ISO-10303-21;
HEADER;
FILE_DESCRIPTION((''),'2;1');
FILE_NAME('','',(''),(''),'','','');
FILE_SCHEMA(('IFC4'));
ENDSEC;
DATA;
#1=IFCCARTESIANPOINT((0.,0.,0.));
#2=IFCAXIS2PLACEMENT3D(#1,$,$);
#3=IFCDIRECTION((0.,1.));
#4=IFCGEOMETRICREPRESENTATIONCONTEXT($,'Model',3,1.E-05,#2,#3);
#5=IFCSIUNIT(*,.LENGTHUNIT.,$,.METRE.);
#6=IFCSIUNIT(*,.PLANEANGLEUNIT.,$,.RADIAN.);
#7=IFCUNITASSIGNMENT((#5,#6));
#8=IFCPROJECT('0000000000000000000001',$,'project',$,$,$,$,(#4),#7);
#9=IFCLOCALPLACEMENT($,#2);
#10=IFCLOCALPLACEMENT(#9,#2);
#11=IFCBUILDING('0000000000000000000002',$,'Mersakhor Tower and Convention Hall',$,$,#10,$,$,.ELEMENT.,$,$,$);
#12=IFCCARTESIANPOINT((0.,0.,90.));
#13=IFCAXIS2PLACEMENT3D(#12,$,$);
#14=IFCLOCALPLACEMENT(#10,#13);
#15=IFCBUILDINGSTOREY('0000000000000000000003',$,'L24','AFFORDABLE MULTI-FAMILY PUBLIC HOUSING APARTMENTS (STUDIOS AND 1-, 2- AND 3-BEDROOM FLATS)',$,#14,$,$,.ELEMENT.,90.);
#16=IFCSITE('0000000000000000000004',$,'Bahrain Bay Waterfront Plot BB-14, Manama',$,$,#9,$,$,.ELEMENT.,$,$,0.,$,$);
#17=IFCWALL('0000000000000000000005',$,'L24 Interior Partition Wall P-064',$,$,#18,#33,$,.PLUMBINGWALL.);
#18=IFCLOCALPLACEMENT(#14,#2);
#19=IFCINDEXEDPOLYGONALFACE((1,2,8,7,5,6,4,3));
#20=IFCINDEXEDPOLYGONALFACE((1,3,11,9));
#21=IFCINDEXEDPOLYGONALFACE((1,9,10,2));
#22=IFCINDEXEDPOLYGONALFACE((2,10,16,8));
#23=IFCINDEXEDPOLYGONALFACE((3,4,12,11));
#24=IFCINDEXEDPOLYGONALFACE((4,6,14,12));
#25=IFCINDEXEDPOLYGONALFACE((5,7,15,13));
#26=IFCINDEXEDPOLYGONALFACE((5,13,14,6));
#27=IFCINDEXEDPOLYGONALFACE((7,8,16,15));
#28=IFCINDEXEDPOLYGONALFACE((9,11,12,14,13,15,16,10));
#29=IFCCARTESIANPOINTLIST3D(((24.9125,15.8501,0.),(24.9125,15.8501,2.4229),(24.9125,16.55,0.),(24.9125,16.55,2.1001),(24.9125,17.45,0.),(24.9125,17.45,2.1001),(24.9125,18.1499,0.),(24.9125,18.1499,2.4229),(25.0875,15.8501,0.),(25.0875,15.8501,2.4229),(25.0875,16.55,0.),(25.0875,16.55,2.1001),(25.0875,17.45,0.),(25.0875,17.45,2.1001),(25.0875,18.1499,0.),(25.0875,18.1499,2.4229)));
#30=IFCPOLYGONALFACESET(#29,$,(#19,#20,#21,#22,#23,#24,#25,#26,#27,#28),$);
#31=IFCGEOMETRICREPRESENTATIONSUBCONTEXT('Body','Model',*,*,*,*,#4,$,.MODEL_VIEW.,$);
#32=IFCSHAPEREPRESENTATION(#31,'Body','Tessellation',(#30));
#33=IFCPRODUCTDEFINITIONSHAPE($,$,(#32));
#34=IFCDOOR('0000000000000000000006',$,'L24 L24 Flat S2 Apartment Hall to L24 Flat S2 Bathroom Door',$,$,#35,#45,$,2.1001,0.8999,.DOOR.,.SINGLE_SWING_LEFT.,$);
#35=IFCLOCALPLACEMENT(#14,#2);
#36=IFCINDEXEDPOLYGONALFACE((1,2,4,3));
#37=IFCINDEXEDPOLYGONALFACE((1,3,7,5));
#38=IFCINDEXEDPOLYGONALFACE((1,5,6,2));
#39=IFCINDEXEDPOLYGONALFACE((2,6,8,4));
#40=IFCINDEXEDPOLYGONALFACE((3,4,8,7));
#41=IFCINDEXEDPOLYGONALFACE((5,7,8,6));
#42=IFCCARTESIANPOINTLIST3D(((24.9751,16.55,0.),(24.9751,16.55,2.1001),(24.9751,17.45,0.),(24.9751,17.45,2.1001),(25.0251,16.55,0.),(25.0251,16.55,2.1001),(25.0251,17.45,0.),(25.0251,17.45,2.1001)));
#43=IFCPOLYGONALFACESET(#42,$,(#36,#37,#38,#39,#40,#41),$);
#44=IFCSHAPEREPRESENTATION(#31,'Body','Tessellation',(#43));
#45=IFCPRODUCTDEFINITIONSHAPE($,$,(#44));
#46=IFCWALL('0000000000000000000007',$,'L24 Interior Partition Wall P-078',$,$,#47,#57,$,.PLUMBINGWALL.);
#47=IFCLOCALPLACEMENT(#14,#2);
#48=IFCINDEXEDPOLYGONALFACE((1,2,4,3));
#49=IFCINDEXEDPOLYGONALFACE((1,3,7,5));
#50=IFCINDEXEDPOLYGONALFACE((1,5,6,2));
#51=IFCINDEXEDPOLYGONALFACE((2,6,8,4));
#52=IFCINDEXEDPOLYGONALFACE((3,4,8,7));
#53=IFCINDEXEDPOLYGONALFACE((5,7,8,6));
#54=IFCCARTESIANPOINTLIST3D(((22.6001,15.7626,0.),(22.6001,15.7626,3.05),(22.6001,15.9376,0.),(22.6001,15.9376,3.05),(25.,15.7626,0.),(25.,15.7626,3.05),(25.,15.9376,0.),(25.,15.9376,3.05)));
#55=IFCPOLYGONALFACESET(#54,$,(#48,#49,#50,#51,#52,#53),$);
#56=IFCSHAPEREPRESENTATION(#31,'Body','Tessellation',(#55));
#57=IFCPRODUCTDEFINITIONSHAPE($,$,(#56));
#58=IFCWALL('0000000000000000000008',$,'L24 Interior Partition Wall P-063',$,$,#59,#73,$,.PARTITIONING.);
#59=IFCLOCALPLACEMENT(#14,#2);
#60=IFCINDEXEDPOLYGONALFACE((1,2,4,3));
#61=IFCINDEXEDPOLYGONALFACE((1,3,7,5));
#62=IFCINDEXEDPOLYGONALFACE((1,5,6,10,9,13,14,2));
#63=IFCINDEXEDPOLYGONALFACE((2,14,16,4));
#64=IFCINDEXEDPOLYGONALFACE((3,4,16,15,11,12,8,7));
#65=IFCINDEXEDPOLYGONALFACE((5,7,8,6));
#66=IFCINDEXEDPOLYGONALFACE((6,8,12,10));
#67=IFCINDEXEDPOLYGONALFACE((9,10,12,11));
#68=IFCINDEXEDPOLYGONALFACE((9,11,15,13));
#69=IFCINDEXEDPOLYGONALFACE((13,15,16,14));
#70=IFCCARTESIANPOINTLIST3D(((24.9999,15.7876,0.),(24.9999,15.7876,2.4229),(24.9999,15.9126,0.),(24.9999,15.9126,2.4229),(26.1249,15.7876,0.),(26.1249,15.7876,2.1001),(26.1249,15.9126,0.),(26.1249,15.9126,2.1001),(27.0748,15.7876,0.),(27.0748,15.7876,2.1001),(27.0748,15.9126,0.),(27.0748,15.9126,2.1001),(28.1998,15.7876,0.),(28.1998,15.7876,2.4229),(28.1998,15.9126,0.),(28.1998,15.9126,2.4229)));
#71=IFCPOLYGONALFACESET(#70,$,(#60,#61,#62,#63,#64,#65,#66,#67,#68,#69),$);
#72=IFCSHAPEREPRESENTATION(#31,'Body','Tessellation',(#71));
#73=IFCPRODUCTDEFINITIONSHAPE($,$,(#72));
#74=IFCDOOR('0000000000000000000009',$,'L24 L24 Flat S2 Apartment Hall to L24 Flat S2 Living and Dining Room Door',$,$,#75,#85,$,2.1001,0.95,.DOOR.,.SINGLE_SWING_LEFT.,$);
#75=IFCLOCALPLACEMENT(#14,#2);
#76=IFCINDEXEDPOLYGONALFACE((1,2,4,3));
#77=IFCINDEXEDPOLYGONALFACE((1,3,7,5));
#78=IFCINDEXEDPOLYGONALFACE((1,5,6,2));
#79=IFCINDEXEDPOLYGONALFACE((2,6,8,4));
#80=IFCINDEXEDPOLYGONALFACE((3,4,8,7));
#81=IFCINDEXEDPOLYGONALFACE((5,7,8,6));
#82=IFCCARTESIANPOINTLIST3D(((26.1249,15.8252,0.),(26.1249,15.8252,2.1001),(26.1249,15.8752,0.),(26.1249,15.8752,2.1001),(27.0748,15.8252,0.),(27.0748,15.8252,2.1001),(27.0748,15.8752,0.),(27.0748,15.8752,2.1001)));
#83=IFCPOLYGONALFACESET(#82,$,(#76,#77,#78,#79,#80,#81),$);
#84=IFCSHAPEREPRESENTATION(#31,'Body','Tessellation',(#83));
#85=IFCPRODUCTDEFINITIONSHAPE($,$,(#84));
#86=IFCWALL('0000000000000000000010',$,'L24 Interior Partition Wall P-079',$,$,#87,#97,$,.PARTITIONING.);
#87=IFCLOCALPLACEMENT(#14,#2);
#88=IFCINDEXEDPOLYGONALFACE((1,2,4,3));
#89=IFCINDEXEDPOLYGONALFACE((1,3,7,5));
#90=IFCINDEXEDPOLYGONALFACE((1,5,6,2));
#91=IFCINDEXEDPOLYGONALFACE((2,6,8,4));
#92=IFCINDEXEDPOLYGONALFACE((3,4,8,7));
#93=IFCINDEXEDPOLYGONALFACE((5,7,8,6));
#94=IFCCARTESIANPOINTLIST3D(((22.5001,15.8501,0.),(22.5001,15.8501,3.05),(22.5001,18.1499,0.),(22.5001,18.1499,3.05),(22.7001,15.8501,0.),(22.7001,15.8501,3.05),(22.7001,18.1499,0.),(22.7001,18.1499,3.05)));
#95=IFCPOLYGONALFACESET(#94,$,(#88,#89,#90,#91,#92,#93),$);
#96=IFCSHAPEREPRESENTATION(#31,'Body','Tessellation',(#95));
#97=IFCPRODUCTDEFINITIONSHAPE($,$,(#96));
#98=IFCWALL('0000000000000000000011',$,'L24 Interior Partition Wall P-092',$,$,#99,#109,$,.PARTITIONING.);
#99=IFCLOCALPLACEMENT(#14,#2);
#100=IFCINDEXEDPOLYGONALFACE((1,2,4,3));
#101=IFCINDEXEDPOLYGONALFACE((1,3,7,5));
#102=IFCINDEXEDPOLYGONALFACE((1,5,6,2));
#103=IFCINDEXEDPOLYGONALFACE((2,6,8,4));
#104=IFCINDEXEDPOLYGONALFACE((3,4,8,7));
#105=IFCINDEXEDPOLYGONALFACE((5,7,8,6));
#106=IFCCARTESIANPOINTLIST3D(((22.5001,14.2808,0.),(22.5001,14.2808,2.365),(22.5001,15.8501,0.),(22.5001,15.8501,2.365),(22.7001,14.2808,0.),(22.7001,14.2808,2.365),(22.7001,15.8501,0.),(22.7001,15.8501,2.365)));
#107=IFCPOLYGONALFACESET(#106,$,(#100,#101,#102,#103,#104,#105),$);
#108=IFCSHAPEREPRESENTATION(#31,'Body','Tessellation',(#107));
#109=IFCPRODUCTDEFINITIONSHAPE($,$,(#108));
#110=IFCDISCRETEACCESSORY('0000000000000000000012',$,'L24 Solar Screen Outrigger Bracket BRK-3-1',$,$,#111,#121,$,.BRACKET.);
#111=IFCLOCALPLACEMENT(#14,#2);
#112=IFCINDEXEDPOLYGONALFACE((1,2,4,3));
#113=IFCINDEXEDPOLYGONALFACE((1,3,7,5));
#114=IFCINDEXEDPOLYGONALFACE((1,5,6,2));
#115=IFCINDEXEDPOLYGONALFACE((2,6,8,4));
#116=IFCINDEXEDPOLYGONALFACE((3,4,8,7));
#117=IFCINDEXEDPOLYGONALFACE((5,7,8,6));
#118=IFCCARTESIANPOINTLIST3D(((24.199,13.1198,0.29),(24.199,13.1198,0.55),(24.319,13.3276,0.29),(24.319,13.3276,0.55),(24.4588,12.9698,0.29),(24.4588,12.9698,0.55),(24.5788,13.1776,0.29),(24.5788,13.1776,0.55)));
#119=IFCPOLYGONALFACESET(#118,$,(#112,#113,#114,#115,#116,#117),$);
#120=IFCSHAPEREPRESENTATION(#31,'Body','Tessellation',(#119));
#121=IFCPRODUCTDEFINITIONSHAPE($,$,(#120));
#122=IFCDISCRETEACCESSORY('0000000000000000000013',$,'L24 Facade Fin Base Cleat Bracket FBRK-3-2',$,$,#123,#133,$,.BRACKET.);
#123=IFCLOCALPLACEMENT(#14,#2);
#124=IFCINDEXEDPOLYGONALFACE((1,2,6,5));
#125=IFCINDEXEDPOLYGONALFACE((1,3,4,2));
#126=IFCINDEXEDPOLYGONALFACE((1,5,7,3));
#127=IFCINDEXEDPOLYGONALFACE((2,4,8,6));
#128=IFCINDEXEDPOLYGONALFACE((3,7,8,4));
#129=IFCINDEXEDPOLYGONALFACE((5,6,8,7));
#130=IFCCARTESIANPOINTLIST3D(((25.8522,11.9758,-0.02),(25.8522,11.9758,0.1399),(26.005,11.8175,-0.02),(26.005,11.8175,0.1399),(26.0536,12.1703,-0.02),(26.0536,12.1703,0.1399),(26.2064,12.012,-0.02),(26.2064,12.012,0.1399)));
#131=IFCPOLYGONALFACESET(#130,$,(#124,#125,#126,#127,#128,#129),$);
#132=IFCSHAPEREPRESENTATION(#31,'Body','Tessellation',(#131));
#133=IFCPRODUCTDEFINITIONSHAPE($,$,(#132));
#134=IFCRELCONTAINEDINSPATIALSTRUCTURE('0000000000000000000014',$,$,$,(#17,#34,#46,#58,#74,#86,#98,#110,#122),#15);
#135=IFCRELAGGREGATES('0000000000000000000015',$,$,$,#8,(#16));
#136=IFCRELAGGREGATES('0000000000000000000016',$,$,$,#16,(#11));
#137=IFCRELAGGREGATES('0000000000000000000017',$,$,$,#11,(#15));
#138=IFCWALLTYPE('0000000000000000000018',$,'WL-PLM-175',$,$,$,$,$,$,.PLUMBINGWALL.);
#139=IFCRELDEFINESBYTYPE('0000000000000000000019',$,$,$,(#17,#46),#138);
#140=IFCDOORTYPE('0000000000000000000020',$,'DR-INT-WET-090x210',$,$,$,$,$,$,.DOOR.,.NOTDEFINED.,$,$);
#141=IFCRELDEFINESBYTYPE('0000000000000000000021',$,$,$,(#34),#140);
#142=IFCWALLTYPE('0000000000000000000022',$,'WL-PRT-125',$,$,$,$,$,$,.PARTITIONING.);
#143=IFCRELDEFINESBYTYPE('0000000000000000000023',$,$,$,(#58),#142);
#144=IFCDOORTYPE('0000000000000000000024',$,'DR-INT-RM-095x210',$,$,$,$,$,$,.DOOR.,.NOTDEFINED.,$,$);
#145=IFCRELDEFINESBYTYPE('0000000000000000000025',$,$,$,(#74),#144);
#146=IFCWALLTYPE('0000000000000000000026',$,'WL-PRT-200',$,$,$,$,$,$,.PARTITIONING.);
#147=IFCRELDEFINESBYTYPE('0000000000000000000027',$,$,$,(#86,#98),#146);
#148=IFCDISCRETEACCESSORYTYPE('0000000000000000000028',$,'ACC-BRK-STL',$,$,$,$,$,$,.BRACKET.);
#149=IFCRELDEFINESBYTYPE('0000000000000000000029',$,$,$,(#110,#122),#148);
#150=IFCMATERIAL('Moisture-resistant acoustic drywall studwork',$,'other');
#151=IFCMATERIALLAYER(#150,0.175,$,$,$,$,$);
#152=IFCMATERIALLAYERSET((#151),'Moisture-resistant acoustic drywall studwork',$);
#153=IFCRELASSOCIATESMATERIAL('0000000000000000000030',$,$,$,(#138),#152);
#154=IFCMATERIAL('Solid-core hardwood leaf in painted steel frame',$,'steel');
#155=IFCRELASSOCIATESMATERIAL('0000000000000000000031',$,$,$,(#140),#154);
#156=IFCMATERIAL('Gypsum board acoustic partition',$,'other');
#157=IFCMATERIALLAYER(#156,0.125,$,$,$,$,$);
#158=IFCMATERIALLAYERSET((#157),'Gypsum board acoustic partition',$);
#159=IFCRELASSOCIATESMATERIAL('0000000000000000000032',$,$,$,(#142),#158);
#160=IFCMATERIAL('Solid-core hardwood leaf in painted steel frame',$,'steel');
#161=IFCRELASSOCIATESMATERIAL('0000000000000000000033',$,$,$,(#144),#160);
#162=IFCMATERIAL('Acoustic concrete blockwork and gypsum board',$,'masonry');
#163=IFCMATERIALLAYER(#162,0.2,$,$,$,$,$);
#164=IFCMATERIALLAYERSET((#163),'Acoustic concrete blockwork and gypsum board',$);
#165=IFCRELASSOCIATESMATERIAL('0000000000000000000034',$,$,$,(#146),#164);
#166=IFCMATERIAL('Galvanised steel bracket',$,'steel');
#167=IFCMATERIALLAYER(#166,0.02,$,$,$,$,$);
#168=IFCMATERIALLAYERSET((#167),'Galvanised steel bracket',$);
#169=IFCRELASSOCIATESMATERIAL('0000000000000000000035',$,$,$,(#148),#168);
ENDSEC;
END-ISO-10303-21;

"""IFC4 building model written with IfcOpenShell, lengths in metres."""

from ifc_helpers import new_model, si_unit, direction, frame, frame_2d, origin, origin_2d, place, context, subcontext, project, spatial, rectangle, extrude, material, layer, layer_set, type_object, element, fill, save


model = new_model("IFC4")

# Units and contexts
model_context = context("Model", 3, precision=1e-05, world=origin(), true_north=direction((0.0, 1.0)))
body_context = subcontext(model_context, "Body", "Model", "MODEL_VIEW")
ifc_project = project(units=[si_unit("LENGTHUNIT", "METRE"), si_unit("PLANEANGLEUNIT", "RADIAN")], contexts=[model_context])

# Site, building, storey
site_placement = place(None, origin())
site = spatial("IfcSite", under=ifc_project, at=site_placement, Name="Bahrain Bay Waterfront Plot BB-14, Manama", CompositionType="ELEMENT", RefElevation=0.0)
building_placement = place(site_placement, origin())
building = spatial("IfcBuilding", under=site, at=building_placement, Name="Mersakhor Tower and Convention Hall", CompositionType="ELEMENT")
storey_placement = place(building_placement, frame((0.0, 0.0, 90.0)))
storey = spatial("IfcBuildingStorey", under=building, at=storey_placement, Name="L24", Description="AFFORDABLE MULTI-FAMILY PUBLIC HOUSING APARTMENTS (STUDIOS AND 1-, 2- AND 3-BEDROOM FLATS)", CompositionType="ELEMENT", Elevation=90.0)

# Wall, opening, door
ifc_material_1 = material(Name="Moisture-resistant acoustic drywall studwork", Category="other")
ifc_layer_1 = layer(ifc_material_1, 0.175)
ifc_layer_set_1 = layer_set([ifc_layer_1], Name="Moisture-resistant acoustic drywall studwork")
wall_type_1 = type_object("IfcWallType", Name="WL-PLM-175", PredefinedType="PLUMBINGWALL", material=ifc_layer_set_1)
wall_1_placement = place(storey_placement, frame((25.0, 15.8501, 0.0), z_axis=(0.0, 0.0, 1.0), x_axis=(0.0, 1.0, 0.0)))
wall_1 = element("IfcWall", 1, at=wall_1_placement, inside=storey, type_object=wall_type_1, Name="L24 Interior Partition Wall P-064", PredefinedType="PLUMBINGWALL", context=body_context, shape_type="SweptSolid", body=[
    extrude(rectangle(XDim=2.2998, YDim=0.175, at=frame_2d((1.1499, 0.0))), origin(), (0.0, 0.0, 1.0), 2.4229),
])
opening_1_placement = place(wall_1_placement, frame((0.7, 0.0, 0.0)))
opening_1 = element("IfcOpeningElement", 2, at=opening_1_placement, cuts=wall_1, PredefinedType="OPENING", context=body_context, shape_type="SweptSolid", body=[
    extrude(rectangle(XDim=0.8999, YDim=2.1001, at=frame_2d((0.45, 1.05))), frame((0.0, 0.0974, 0.0), z_axis=(0.0, -1.0, 0.0), x_axis=(1.0, 0.0, 0.0)), (0.0, 0.0, 1.0), 0.1951),
])
ifc_material_2 = material(Name="Solid-core hardwood leaf in painted steel frame", Category="steel")
door_type_1 = type_object("IfcDoorType", Name="DR-INT-WET-090x210", OperationType="NOTDEFINED", PredefinedType="DOOR", material=ifc_material_2)
door_1_placement = place(opening_1_placement, origin())
door_1 = element("IfcDoor", 3, at=door_1_placement, inside=storey, type_object=door_type_1, Name="L24 L24 Flat S2 Apartment Hall to L24 Flat S2 Bathroom Door", OperationType="SINGLE_SWING_LEFT", OverallHeight=2.1001, OverallWidth=0.8999, PredefinedType="DOOR", context=body_context, shape_type="SweptSolid", body=[
    extrude(rectangle(XDim=0.8999, YDim=2.1001, at=frame_2d((0.45, 1.05))), frame((0.0, 0.0249, 0.0), z_axis=(0.0, -1.0, 0.0), x_axis=(1.0, 0.0, 0.0)), (0.0, 0.0, 1.0), 0.05),
])
fill(opening_1, door_1)

# Wall
wall_2_placement = place(storey_placement, frame((25.0, 15.8501, 0.0), z_axis=(0.0, 0.0, 1.0), x_axis=(-1.0, 0.0, 0.0)))
element("IfcWall", 4, at=wall_2_placement, inside=storey, type_object=wall_type_1, Name="L24 Interior Partition Wall P-078", PredefinedType="PLUMBINGWALL", context=body_context, shape_type="SweptSolid", body=[
    extrude(rectangle(XDim=2.3999, YDim=0.175, at=frame_2d((1.2, 0.0))), origin(), (0.0, 0.0, 1.0), 3.05),
])

# Wall, opening, door
ifc_material_3 = material(Name="Gypsum board acoustic partition", Category="other")
ifc_layer_2 = layer(ifc_material_3, 0.125)
ifc_layer_set_2 = layer_set([ifc_layer_2], Name="Gypsum board acoustic partition")
wall_type_2 = type_object("IfcWallType", Name="WL-PRT-125", PredefinedType="PARTITIONING", material=ifc_layer_set_2)
wall_3_placement = place(storey_placement, frame((28.2, 15.8501, 0.0), z_axis=(0.0, 0.0, 1.0), x_axis=(-1.0, 0.0, 0.0)))
wall_3 = element("IfcWall", 5, at=wall_3_placement, inside=storey, type_object=wall_type_2, Name="L24 Interior Partition Wall P-063", PredefinedType="PARTITIONING", context=body_context, shape_type="SweptSolid", body=[
    extrude(rectangle(XDim=3.2, YDim=0.125, at=frame_2d((1.6001, 0.0))), origin(), (0.0, 0.0, 1.0), 2.4229),
])
opening_2_placement = place(wall_3_placement, frame((1.125, 0.0, 0.0)))
opening_2 = element("IfcOpeningElement", 6, at=opening_2_placement, cuts=wall_3, PredefinedType="OPENING", context=body_context, shape_type="SweptSolid", body=[
    extrude(rectangle(XDim=0.95, YDim=2.1001, at=frame_2d((0.4751, 1.05))), frame((0.0, 0.0725, 0.0), z_axis=(0.0, -1.0, 0.0), x_axis=(1.0, 0.0, 0.0)), (0.0, 0.0, 1.0), 0.145),
])
ifc_material_4 = material(Name="Solid-core hardwood leaf in painted steel frame", Category="steel")
door_type_2 = type_object("IfcDoorType", Name="DR-INT-RM-095x210", OperationType="NOTDEFINED", PredefinedType="DOOR", material=ifc_material_4)
door_2_placement = place(opening_2_placement, origin())
door_2 = element("IfcDoor", 7, at=door_2_placement, inside=storey, type_object=door_type_2, Name="L24 L24 Flat S2 Apartment Hall to L24 Flat S2 Living and Dining Room Door", OperationType="SINGLE_SWING_LEFT", OverallHeight=2.1001, OverallWidth=0.95, PredefinedType="DOOR", context=body_context, shape_type="SweptSolid", body=[
    extrude(rectangle(XDim=0.95, YDim=2.1001, at=frame_2d((0.4751, 1.05))), frame((0.0, 0.0249, 0.0), z_axis=(0.0, -1.0, 0.0), x_axis=(1.0, 0.0, 0.0)), (0.0, 0.0, 1.0), 0.05),
])
fill(opening_2, door_2)
ifc_material_5 = material(Name="Acoustic concrete blockwork and gypsum board", Category="masonry")
ifc_layer_3 = layer(ifc_material_5, 0.2)
ifc_layer_set_3 = layer_set([ifc_layer_3], Name="Acoustic concrete blockwork and gypsum board")
wall_type_3 = type_object("IfcWallType", Name="WL-PRT-200", PredefinedType="PARTITIONING", material=ifc_layer_set_3)

# Walls
wall_4_placement = place(storey_placement, frame((22.6001, 15.8501, 0.0), z_axis=(0.0, 0.0, 1.0), x_axis=(0.0, 1.0, 0.0)))
element("IfcWall", 8, at=wall_4_placement, inside=storey, type_object=wall_type_3, Name="L24 Interior Partition Wall P-079", PredefinedType="PARTITIONING", context=body_context, shape_type="SweptSolid", body=[
    extrude(rectangle(XDim=2.2998, YDim=0.2, at=frame_2d((1.1499, 0.0))), origin(), (0.0, 0.0, 1.0), 3.05),
])
wall_5_placement = place(storey_placement, frame((22.6001, 15.8501, 0.0), z_axis=(0.0, 0.0, 1.0), x_axis=(0.0, -1.0, 0.0)))
element("IfcWall", 9, at=wall_5_placement, inside=storey, type_object=wall_type_3, Name="L24 Interior Partition Wall P-092", PredefinedType="PARTITIONING", context=body_context, shape_type="SweptSolid", body=[
    extrude(rectangle(XDim=1.5693, YDim=0.2, at=frame_2d((0.7847, 0.0))), origin(), (0.0, 0.0, 1.0), 2.365),
])

# Discrete accessories
ifc_material_6 = material(Name="Galvanised steel bracket", Category="steel")
ifc_layer_4 = layer(ifc_material_6, 0.02)
ifc_layer_set_4 = layer_set([ifc_layer_4], Name="Galvanised steel bracket")
discrete_accessory_type = type_object("IfcDiscreteAccessoryType", Name="ACC-BRK-STL", PredefinedType="BRACKET", material=ifc_layer_set_4)
discrete_accessory_1_placement = place(storey_placement, frame((24.3889, 13.1487, 0.29), z_axis=(0.0, 0.0, 1.0), x_axis=(-0.866025, 0.5, 0.0)))
element("IfcDiscreteAccessory", 10, at=discrete_accessory_1_placement, inside=storey, type_object=discrete_accessory_type, Name="L24 Solar Screen Outrigger Bracket BRK-3-1", PredefinedType="BRACKET", context=body_context, shape_type="SweptSolid", body=[
    extrude(rectangle(XDim=0.3, YDim=0.24, at=origin_2d()), origin(), (0.0, 0.0, 1.0), 0.26),
])
discrete_accessory_2_placement = place(storey_placement, frame((26.0293, 11.9939, -0.02), z_axis=(0.0, 0.0, 1.0), x_axis=(-0.71934, -0.694658, 0.0)))
element("IfcDiscreteAccessory", 11, at=discrete_accessory_2_placement, inside=storey, type_object=discrete_accessory_type, Name="L24 Facade Fin Base Cleat Bracket FBRK-3-2", PredefinedType="BRACKET", context=body_context, shape_type="SweptSolid", body=[
    extrude(rectangle(XDim=0.28, YDim=0.22, at=origin_2d()), origin(), (0.0, 0.0, 1.0), 0.1599),
])

save(model, "model.ifc")
